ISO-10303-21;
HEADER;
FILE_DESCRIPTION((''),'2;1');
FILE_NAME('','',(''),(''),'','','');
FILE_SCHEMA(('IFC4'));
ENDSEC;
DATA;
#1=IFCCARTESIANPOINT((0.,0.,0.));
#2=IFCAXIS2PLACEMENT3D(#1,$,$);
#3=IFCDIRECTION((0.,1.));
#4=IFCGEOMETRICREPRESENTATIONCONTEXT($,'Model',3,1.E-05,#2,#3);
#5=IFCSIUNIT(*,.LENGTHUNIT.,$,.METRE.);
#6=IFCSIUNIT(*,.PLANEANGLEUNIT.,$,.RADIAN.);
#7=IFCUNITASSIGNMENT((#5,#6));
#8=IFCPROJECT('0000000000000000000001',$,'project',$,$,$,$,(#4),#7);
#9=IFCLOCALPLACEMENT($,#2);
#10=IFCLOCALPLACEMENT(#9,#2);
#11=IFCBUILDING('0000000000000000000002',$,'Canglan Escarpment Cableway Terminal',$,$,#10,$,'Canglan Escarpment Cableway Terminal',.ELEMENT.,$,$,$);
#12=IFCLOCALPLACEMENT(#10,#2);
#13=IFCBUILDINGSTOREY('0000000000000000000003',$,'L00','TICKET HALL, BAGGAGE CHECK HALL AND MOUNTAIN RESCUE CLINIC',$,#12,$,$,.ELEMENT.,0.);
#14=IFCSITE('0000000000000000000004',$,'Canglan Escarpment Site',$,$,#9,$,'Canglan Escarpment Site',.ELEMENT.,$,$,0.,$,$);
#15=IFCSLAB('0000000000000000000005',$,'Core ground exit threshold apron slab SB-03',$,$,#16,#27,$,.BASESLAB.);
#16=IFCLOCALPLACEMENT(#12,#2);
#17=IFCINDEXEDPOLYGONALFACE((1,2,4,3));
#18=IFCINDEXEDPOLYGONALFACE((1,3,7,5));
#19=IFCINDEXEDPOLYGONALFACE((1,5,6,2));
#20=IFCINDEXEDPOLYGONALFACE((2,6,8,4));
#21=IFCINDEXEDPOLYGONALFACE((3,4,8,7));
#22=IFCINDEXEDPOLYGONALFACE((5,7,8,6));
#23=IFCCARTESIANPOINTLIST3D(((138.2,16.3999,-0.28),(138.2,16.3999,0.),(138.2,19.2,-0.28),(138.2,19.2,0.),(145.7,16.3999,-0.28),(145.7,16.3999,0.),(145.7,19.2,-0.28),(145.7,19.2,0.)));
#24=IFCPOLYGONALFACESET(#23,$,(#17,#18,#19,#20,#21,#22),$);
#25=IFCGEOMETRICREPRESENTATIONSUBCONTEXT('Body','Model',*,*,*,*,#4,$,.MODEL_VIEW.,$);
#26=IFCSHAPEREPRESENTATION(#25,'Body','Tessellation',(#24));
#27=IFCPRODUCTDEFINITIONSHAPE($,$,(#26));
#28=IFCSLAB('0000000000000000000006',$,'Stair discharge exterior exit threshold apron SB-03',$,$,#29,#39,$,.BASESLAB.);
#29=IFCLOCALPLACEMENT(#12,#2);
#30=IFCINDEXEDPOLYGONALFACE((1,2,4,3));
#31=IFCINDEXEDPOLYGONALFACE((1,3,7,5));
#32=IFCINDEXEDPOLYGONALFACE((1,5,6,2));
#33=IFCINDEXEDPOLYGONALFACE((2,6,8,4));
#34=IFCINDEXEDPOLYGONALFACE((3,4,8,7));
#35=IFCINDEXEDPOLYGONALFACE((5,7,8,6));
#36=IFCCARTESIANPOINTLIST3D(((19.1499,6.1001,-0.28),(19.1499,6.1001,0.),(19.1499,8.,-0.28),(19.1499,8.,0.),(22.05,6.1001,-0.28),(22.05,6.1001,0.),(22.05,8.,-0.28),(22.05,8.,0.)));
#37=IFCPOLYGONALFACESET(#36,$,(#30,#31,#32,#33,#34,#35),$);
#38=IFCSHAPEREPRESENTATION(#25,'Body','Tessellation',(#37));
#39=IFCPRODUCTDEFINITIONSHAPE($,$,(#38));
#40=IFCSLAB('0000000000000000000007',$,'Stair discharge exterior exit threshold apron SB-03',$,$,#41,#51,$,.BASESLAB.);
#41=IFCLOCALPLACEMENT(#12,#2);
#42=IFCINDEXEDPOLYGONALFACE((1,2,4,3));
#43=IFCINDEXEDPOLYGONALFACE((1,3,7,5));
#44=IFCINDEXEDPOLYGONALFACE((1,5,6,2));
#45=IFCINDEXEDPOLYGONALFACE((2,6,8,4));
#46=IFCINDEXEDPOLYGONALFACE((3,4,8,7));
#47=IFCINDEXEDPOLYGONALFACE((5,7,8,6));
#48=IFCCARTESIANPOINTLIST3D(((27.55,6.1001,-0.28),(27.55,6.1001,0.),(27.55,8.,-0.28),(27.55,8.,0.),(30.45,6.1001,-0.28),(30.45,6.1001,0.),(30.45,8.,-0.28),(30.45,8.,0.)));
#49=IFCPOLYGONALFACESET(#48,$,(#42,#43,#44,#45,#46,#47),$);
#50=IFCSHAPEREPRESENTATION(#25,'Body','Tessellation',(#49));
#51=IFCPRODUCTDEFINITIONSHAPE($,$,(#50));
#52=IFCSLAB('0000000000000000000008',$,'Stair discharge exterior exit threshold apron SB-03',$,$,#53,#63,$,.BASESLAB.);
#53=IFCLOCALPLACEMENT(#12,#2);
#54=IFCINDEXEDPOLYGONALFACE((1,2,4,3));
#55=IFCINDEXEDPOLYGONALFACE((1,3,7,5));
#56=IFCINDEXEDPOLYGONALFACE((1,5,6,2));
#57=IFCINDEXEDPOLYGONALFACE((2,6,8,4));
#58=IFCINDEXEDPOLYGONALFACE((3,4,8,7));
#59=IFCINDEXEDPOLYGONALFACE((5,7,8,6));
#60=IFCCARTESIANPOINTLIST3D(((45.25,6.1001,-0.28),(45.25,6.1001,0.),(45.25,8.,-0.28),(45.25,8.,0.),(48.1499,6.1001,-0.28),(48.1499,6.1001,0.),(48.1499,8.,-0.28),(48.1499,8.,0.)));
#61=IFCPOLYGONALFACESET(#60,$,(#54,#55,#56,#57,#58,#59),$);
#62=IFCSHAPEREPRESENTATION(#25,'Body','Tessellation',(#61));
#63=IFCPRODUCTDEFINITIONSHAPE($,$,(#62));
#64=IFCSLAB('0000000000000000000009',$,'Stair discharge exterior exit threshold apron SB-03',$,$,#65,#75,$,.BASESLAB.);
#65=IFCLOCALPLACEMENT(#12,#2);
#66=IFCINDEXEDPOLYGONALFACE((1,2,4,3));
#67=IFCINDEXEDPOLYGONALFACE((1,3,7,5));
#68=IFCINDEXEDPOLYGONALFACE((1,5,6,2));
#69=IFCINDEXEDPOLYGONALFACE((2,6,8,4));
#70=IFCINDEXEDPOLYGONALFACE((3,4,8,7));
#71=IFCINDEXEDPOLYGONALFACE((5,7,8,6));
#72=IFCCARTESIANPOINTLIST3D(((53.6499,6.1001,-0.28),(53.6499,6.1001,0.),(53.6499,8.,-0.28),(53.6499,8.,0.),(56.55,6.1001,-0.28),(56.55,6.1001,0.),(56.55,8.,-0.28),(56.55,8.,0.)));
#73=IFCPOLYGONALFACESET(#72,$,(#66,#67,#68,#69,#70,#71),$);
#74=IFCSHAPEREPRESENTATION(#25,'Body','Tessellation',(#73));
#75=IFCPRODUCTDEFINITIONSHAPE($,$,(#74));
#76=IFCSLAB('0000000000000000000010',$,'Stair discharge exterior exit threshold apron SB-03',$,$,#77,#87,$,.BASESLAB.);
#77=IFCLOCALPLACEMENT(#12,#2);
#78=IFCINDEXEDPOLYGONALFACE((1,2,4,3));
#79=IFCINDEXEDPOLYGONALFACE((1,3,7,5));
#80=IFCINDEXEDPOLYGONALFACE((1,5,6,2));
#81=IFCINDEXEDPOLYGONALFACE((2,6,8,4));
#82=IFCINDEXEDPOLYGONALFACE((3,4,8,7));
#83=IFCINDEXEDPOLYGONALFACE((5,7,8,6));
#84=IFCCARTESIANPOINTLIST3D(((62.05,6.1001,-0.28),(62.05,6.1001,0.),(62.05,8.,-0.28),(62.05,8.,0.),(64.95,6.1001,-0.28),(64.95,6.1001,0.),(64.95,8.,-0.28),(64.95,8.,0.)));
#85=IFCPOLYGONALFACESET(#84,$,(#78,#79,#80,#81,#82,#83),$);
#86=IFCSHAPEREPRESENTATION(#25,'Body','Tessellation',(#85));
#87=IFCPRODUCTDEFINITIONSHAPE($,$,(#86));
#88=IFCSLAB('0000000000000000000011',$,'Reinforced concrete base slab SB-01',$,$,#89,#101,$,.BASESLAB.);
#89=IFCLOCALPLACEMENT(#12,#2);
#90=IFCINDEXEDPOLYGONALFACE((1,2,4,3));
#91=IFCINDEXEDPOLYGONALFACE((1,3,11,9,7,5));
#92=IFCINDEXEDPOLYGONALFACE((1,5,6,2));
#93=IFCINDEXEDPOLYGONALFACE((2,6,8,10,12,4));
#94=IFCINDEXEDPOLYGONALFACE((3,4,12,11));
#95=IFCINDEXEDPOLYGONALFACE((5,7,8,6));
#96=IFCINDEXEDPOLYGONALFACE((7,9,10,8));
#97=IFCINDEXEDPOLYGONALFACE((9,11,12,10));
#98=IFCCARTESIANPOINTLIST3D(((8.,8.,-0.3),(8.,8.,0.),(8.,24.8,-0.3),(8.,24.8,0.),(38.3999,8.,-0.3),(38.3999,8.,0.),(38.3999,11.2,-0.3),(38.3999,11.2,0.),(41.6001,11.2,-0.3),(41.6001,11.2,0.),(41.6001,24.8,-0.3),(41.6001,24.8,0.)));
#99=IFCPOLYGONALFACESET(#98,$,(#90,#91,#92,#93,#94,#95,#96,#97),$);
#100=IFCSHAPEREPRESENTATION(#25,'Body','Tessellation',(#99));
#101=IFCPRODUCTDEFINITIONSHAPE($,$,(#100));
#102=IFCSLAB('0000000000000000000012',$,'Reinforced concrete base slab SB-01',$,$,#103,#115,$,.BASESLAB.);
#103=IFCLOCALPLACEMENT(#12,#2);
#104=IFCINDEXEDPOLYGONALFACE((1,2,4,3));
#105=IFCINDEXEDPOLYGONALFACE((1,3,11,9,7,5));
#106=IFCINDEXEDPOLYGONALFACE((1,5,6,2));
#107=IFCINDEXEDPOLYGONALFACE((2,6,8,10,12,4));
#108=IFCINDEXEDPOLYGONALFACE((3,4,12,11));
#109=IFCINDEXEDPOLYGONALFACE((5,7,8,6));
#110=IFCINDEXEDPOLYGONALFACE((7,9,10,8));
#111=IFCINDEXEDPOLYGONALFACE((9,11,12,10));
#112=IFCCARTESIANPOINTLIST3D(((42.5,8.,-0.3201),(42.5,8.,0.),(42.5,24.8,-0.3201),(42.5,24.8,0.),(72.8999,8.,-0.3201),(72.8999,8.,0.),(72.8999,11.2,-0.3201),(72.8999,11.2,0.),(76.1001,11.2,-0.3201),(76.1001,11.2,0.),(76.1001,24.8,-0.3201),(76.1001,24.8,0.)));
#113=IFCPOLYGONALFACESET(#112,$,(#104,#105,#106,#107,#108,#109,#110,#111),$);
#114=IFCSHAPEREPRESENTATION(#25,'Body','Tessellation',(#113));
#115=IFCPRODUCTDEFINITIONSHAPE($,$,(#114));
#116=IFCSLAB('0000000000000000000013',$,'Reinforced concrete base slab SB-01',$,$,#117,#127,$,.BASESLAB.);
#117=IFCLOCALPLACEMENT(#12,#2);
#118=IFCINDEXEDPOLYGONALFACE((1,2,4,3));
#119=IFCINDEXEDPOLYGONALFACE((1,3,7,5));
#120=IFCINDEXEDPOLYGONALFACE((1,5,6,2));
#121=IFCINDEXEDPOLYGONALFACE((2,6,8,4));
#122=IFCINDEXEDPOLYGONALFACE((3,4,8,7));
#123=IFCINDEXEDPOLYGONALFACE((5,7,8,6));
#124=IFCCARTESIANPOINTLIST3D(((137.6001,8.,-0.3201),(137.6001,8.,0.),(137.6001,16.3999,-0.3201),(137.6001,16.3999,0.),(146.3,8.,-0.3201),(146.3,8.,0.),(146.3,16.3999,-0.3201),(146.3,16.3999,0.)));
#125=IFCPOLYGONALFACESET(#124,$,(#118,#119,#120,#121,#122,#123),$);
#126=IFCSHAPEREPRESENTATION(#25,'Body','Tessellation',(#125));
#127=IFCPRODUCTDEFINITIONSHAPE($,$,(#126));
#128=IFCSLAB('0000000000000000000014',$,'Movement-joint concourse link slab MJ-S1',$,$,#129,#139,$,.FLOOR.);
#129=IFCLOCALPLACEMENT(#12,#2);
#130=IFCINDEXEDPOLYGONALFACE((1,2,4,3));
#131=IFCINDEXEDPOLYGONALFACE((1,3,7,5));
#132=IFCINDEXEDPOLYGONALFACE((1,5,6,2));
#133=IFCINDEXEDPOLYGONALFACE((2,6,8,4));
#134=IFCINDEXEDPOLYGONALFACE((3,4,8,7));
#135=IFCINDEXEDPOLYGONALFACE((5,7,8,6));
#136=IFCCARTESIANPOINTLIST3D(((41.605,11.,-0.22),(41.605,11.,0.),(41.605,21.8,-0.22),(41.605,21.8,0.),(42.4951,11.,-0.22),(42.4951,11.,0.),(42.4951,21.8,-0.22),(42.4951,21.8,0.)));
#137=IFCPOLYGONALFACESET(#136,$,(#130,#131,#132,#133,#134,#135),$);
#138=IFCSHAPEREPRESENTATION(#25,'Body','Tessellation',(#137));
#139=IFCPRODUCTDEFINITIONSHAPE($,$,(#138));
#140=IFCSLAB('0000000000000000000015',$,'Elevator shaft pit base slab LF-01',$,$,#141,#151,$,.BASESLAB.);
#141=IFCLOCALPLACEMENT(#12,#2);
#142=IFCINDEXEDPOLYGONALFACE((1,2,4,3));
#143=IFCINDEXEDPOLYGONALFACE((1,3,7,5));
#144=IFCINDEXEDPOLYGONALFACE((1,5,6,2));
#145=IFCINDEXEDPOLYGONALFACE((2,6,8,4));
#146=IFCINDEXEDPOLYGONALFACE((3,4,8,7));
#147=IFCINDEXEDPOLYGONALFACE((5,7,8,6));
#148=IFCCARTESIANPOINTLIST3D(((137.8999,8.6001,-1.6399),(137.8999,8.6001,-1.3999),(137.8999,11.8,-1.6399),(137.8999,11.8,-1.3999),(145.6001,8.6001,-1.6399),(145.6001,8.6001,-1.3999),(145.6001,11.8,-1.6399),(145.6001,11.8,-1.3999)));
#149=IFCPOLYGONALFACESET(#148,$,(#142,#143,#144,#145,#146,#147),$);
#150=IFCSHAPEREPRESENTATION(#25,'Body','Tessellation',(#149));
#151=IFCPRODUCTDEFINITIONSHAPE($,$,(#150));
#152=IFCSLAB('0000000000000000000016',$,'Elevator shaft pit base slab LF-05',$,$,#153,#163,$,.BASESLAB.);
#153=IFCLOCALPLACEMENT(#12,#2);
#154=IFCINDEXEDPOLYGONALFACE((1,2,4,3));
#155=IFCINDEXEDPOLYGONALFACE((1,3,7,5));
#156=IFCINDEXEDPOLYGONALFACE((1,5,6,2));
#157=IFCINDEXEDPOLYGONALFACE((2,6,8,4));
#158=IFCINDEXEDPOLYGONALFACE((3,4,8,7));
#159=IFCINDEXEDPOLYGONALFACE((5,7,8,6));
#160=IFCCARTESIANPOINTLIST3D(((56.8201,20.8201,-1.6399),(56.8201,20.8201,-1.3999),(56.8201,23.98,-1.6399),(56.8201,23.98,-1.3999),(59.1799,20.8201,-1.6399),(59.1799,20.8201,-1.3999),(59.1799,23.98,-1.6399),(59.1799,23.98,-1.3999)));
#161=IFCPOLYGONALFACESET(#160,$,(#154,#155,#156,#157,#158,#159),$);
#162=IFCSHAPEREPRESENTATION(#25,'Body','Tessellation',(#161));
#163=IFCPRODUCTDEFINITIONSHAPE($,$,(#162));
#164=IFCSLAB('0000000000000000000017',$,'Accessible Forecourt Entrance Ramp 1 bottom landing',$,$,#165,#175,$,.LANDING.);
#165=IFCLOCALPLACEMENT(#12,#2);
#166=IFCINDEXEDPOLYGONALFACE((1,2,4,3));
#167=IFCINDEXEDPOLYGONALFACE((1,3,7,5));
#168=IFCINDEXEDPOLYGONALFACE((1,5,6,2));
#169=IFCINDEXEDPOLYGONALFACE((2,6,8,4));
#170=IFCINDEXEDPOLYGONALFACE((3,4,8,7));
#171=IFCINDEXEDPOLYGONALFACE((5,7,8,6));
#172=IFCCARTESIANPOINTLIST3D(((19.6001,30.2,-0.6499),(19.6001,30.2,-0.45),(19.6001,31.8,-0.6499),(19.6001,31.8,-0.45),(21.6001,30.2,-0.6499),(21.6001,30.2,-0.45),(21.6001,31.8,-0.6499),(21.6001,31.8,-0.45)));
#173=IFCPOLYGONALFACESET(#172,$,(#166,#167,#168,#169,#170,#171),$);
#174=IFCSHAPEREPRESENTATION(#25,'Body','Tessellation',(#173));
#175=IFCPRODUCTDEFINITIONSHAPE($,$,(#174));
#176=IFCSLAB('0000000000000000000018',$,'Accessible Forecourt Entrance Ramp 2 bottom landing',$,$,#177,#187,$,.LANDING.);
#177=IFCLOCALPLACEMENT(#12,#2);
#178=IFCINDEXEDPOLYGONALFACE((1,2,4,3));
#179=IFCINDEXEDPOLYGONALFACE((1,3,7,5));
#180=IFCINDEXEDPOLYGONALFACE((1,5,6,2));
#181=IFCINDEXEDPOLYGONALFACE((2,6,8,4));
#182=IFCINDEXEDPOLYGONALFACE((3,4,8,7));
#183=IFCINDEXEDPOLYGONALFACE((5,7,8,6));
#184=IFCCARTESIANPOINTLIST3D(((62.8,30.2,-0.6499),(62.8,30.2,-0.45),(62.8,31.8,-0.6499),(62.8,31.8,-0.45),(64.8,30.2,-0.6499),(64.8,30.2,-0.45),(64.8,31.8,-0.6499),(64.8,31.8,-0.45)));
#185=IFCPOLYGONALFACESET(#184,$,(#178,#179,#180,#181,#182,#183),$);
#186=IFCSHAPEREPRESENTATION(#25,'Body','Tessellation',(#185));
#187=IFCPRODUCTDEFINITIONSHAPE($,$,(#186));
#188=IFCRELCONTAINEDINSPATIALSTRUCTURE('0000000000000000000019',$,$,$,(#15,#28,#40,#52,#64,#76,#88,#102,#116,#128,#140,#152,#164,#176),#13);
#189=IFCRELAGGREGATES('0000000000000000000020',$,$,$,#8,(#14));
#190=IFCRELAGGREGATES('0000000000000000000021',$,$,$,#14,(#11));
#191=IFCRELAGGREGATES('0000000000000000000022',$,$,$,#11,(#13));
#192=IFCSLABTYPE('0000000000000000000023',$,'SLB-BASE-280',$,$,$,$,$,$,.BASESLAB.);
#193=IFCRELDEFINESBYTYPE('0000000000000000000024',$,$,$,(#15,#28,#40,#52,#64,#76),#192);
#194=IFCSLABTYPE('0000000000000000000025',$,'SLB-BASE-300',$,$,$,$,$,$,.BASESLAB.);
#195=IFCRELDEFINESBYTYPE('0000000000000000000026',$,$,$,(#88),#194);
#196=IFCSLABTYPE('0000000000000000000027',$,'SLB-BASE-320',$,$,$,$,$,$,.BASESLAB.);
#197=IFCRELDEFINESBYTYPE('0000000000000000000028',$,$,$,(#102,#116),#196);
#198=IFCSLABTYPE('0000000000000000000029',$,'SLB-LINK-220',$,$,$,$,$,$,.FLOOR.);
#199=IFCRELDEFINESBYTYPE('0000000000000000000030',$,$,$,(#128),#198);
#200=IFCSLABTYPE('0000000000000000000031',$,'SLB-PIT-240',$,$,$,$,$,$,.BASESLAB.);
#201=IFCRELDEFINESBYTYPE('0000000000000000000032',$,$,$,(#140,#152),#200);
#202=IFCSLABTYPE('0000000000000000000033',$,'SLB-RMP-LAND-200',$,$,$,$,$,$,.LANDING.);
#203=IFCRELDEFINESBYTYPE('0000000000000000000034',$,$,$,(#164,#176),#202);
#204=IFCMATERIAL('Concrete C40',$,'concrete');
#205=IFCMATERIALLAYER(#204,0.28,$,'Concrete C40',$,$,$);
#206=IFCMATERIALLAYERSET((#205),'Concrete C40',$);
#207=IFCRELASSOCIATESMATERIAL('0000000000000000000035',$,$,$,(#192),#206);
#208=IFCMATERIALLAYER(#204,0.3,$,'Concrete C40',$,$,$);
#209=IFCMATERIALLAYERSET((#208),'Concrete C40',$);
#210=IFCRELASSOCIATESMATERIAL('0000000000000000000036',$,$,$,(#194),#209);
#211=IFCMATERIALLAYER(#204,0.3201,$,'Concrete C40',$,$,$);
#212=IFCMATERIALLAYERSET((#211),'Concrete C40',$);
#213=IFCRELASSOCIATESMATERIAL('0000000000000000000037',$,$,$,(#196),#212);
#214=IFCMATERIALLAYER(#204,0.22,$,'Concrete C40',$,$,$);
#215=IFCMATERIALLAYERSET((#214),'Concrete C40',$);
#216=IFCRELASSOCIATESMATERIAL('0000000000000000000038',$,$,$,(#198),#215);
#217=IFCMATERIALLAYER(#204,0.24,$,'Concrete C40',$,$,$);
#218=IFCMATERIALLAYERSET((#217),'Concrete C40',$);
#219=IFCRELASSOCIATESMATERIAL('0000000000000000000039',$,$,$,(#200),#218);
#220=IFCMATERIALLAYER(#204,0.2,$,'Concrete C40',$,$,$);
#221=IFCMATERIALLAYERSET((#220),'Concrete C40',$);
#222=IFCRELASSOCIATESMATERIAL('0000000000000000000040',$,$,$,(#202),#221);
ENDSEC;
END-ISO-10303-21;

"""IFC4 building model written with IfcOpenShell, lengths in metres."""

from ifc_helpers import new_model, si_unit, direction, frame, origin, place, context, subcontext, project, spatial, polyline, outline, extrude, material, layer, layer_set, type_object, element, save


model = new_model("IFC4")

# Units and contexts
model_context = context("Model", 3, precision=1e-05, world=origin(), true_north=direction((0.0, 1.0)))
body_context = subcontext(model_context, "Body", "Model", "MODEL_VIEW")
ifc_project = project(units=[si_unit("LENGTHUNIT", "METRE"), si_unit("PLANEANGLEUNIT", "RADIAN")], contexts=[model_context])

# Site, building, storey
site_placement = place(None, origin())
site = spatial("IfcSite", under=ifc_project, at=site_placement, Name="Canglan Escarpment Site", LongName="Canglan Escarpment Site", CompositionType="ELEMENT", RefElevation=0.0)
building_placement = place(site_placement, origin())
building = spatial("IfcBuilding", under=site, at=building_placement, Name="Canglan Escarpment Cableway Terminal", LongName="Canglan Escarpment Cableway Terminal", CompositionType="ELEMENT")
storey_placement = place(building_placement, origin())
storey = spatial("IfcBuildingStorey", under=building, at=storey_placement, Name="L00", Description="TICKET HALL, BAGGAGE CHECK HALL AND MOUNTAIN RESCUE CLINIC", CompositionType="ELEMENT", Elevation=0.0)

# Slabs
ifc_material_1 = material(Name="Concrete C40", Category="concrete")
ifc_layer_1 = layer(ifc_material_1, 0.28, Name="Concrete C40")
ifc_layer_set_1 = layer_set([ifc_layer_1], Name="Concrete C40")
slab_type_1 = type_object("IfcSlabType", Name="SLB-BASE-280", PredefinedType="BASESLAB", material=ifc_layer_set_1)
slab_1_placement = place(storey_placement, frame((0.0, 0.0, -0.28)))
element("IfcSlab", 1, at=slab_1_placement, inside=storey, type_object=slab_type_1, Name="Core ground exit threshold apron slab SB-03", PredefinedType="BASESLAB", context=body_context, shape_type="SweptSolid", body=[
    extrude(outline(polyline([(138.2, 16.3999), (145.7, 16.3999), (145.7, 19.2), (138.2, 19.2), (138.2, 16.3999)])), origin(), (0.0, 0.0, 1.0), 0.28),
])
slab_2_placement = place(storey_placement, frame((0.0, 0.0, -0.28)))
element("IfcSlab", 2, at=slab_2_placement, inside=storey, type_object=slab_type_1, Name="Stair discharge exterior exit threshold apron SB-03", PredefinedType="BASESLAB", context=body_context, shape_type="SweptSolid", body=[
    extrude(outline(polyline([(19.1499, 6.1001), (22.05, 6.1001), (22.05, 8.0), (19.1499, 8.0), (19.1499, 6.1001)])), origin(), (0.0, 0.0, 1.0), 0.28),
])
slab_3_placement = place(storey_placement, frame((0.0, 0.0, -0.28)))
element("IfcSlab", 3, at=slab_3_placement, inside=storey, type_object=slab_type_1, Name="Stair discharge exterior exit threshold apron SB-03", PredefinedType="BASESLAB", context=body_context, shape_type="SweptSolid", body=[
    extrude(outline(polyline([(27.55, 6.1001), (30.45, 6.1001), (30.45, 8.0), (27.55, 8.0), (27.55, 6.1001)])), origin(), (0.0, 0.0, 1.0), 0.28),
])
slab_4_placement = place(storey_placement, frame((0.0, 0.0, -0.28)))
element("IfcSlab", 4, at=slab_4_placement, inside=storey, type_object=slab_type_1, Name="Stair discharge exterior exit threshold apron SB-03", PredefinedType="BASESLAB", context=body_context, shape_type="SweptSolid", body=[
    extrude(outline(polyline([(45.25, 6.1001), (48.1499, 6.1001), (48.1499, 8.0), (45.25, 8.0), (45.25, 6.1001)])), origin(), (0.0, 0.0, 1.0), 0.28),
])
slab_5_placement = place(storey_placement, frame((0.0, 0.0, -0.28)))
element("IfcSlab", 5, at=slab_5_placement, inside=storey, type_object=slab_type_1, Name="Stair discharge exterior exit threshold apron SB-03", PredefinedType="BASESLAB", context=body_context, shape_type="SweptSolid", body=[
    extrude(outline(polyline([(53.6499, 6.1001), (56.55, 6.1001), (56.55, 8.0), (53.6499, 8.0), (53.6499, 6.1001)])), origin(), (0.0, 0.0, 1.0), 0.28),
])
slab_6_placement = place(storey_placement, frame((0.0, 0.0, -0.28)))
element("IfcSlab", 6, at=slab_6_placement, inside=storey, type_object=slab_type_1, Name="Stair discharge exterior exit threshold apron SB-03", PredefinedType="BASESLAB", context=body_context, shape_type="SweptSolid", body=[
    extrude(outline(polyline([(62.05, 6.1001), (64.95, 6.1001), (64.95, 8.0), (62.05, 8.0), (62.05, 6.1001)])), origin(), (0.0, 0.0, 1.0), 0.28),
])
ifc_layer_2 = layer(ifc_material_1, 0.3, Name="Concrete C40")
ifc_layer_set_2 = layer_set([ifc_layer_2], Name="Concrete C40")
slab_type_2 = type_object("IfcSlabType", Name="SLB-BASE-300", PredefinedType="BASESLAB", material=ifc_layer_set_2)
slab_7_placement = place(storey_placement, frame((0.0, 0.0, -0.3)))
element("IfcSlab", 7, at=slab_7_placement, inside=storey, type_object=slab_type_2, Name="Reinforced concrete base slab SB-01", PredefinedType="BASESLAB", context=body_context, shape_type="SweptSolid", body=[
    extrude(outline(polyline([(8.0, 8.0), (38.3999, 8.0), (38.3999, 11.2), (41.6001, 11.2), (41.6001, 24.8), (8.0, 24.8), (8.0, 8.0)])), origin(), (0.0, 0.0, 1.0), 0.3),
])
ifc_layer_3 = layer(ifc_material_1, 0.3201, Name="Concrete C40")
ifc_layer_set_3 = layer_set([ifc_layer_3], Name="Concrete C40")
slab_type_3 = type_object("IfcSlabType", Name="SLB-BASE-320", PredefinedType="BASESLAB", material=ifc_layer_set_3)
slab_8_placement = place(storey_placement, frame((0.0, 0.0, -0.3201)))
element("IfcSlab", 8, at=slab_8_placement, inside=storey, type_object=slab_type_3, Name="Reinforced concrete base slab SB-01", PredefinedType="BASESLAB", context=body_context, shape_type="SweptSolid", body=[
    extrude(outline(polyline([(42.5, 8.0), (72.8999, 8.0), (72.8999, 11.2), (76.1001, 11.2), (76.1001, 24.8), (42.5, 24.8), (42.5, 8.0)])), origin(), (0.0, 0.0, 1.0), 0.3201),
])
slab_9_placement = place(storey_placement, frame((0.0, 0.0, -0.3201)))
element("IfcSlab", 9, at=slab_9_placement, inside=storey, type_object=slab_type_3, Name="Reinforced concrete base slab SB-01", PredefinedType="BASESLAB", context=body_context, shape_type="SweptSolid", body=[
    extrude(outline(polyline([(137.6001, 8.0), (146.3, 8.0), (146.3, 16.3999), (137.6001, 16.3999), (137.6001, 8.0)])), origin(), (0.0, 0.0, 1.0), 0.3201),
])
ifc_layer_4 = layer(ifc_material_1, 0.22, Name="Concrete C40")
ifc_layer_set_4 = layer_set([ifc_layer_4], Name="Concrete C40")
slab_type_4 = type_object("IfcSlabType", Name="SLB-LINK-220", PredefinedType="FLOOR", material=ifc_layer_set_4)
slab_10_placement = place(storey_placement, frame((0.0, 0.0, -0.22)))
element("IfcSlab", 10, at=slab_10_placement, inside=storey, type_object=slab_type_4, Name="Movement-joint concourse link slab MJ-S1", PredefinedType="FLOOR", context=body_context, shape_type="SweptSolid", body=[
    extrude(outline(polyline([(42.4951, 21.8), (42.4951, 11.0), (41.605, 11.0), (41.605, 21.8), (42.4951, 21.8)])), origin(), (0.0, 0.0, 1.0), 0.22),
])
ifc_layer_5 = layer(ifc_material_1, 0.24, Name="Concrete C40")
ifc_layer_set_5 = layer_set([ifc_layer_5], Name="Concrete C40")
slab_type_5 = type_object("IfcSlabType", Name="SLB-PIT-240", PredefinedType="BASESLAB", material=ifc_layer_set_5)
slab_11_placement = place(storey_placement, frame((0.0, 0.0, -1.6399)))
element("IfcSlab", 11, at=slab_11_placement, inside=storey, type_object=slab_type_5, Name="Elevator shaft pit base slab LF-01", PredefinedType="BASESLAB", context=body_context, shape_type="SweptSolid", body=[
    extrude(outline(polyline([(137.8999, 8.6001), (145.6001, 8.6001), (145.6001, 11.8), (137.8999, 11.8), (137.8999, 8.6001)])), origin(), (0.0, 0.0, 1.0), 0.24),
])
slab_12_placement = place(storey_placement, frame((0.0, 0.0, -1.6399)))
element("IfcSlab", 12, at=slab_12_placement, inside=storey, type_object=slab_type_5, Name="Elevator shaft pit base slab LF-05", PredefinedType="BASESLAB", context=body_context, shape_type="SweptSolid", body=[
    extrude(outline(polyline([(56.8201, 20.8201), (59.1799, 20.8201), (59.1799, 23.98), (56.8201, 23.98), (56.8201, 20.8201)])), origin(), (0.0, 0.0, 1.0), 0.24),
])
ifc_layer_6 = layer(ifc_material_1, 0.2, Name="Concrete C40")
ifc_layer_set_6 = layer_set([ifc_layer_6], Name="Concrete C40")
slab_type_6 = type_object("IfcSlabType", Name="SLB-RMP-LAND-200", PredefinedType="LANDING", material=ifc_layer_set_6)
slab_13_placement = place(storey_placement, frame((0.0, 0.0, -0.6499)))
element("IfcSlab", 13, at=slab_13_placement, inside=storey, type_object=slab_type_6, Name="Accessible Forecourt Entrance Ramp 1 bottom landing", PredefinedType="LANDING", context=body_context, shape_type="SweptSolid", body=[
    extrude(outline(polyline([(19.6001, 30.2), (21.6001, 30.2), (21.6001, 31.8), (19.6001, 31.8), (19.6001, 30.2)])), origin(), (0.0, 0.0, 1.0), 0.2),
])
slab_14_placement = place(storey_placement, frame((0.0, 0.0, -0.6499)))
element("IfcSlab", 14, at=slab_14_placement, inside=storey, type_object=slab_type_6, Name="Accessible Forecourt Entrance Ramp 2 bottom landing", PredefinedType="LANDING", context=body_context, shape_type="SweptSolid", body=[
    extrude(outline(polyline([(62.8, 30.2), (64.8, 30.2), (64.8, 31.8), (62.8, 31.8), (62.8, 30.2)])), origin(), (0.0, 0.0, 1.0), 0.2),
])

save(model, "model.ifc")
